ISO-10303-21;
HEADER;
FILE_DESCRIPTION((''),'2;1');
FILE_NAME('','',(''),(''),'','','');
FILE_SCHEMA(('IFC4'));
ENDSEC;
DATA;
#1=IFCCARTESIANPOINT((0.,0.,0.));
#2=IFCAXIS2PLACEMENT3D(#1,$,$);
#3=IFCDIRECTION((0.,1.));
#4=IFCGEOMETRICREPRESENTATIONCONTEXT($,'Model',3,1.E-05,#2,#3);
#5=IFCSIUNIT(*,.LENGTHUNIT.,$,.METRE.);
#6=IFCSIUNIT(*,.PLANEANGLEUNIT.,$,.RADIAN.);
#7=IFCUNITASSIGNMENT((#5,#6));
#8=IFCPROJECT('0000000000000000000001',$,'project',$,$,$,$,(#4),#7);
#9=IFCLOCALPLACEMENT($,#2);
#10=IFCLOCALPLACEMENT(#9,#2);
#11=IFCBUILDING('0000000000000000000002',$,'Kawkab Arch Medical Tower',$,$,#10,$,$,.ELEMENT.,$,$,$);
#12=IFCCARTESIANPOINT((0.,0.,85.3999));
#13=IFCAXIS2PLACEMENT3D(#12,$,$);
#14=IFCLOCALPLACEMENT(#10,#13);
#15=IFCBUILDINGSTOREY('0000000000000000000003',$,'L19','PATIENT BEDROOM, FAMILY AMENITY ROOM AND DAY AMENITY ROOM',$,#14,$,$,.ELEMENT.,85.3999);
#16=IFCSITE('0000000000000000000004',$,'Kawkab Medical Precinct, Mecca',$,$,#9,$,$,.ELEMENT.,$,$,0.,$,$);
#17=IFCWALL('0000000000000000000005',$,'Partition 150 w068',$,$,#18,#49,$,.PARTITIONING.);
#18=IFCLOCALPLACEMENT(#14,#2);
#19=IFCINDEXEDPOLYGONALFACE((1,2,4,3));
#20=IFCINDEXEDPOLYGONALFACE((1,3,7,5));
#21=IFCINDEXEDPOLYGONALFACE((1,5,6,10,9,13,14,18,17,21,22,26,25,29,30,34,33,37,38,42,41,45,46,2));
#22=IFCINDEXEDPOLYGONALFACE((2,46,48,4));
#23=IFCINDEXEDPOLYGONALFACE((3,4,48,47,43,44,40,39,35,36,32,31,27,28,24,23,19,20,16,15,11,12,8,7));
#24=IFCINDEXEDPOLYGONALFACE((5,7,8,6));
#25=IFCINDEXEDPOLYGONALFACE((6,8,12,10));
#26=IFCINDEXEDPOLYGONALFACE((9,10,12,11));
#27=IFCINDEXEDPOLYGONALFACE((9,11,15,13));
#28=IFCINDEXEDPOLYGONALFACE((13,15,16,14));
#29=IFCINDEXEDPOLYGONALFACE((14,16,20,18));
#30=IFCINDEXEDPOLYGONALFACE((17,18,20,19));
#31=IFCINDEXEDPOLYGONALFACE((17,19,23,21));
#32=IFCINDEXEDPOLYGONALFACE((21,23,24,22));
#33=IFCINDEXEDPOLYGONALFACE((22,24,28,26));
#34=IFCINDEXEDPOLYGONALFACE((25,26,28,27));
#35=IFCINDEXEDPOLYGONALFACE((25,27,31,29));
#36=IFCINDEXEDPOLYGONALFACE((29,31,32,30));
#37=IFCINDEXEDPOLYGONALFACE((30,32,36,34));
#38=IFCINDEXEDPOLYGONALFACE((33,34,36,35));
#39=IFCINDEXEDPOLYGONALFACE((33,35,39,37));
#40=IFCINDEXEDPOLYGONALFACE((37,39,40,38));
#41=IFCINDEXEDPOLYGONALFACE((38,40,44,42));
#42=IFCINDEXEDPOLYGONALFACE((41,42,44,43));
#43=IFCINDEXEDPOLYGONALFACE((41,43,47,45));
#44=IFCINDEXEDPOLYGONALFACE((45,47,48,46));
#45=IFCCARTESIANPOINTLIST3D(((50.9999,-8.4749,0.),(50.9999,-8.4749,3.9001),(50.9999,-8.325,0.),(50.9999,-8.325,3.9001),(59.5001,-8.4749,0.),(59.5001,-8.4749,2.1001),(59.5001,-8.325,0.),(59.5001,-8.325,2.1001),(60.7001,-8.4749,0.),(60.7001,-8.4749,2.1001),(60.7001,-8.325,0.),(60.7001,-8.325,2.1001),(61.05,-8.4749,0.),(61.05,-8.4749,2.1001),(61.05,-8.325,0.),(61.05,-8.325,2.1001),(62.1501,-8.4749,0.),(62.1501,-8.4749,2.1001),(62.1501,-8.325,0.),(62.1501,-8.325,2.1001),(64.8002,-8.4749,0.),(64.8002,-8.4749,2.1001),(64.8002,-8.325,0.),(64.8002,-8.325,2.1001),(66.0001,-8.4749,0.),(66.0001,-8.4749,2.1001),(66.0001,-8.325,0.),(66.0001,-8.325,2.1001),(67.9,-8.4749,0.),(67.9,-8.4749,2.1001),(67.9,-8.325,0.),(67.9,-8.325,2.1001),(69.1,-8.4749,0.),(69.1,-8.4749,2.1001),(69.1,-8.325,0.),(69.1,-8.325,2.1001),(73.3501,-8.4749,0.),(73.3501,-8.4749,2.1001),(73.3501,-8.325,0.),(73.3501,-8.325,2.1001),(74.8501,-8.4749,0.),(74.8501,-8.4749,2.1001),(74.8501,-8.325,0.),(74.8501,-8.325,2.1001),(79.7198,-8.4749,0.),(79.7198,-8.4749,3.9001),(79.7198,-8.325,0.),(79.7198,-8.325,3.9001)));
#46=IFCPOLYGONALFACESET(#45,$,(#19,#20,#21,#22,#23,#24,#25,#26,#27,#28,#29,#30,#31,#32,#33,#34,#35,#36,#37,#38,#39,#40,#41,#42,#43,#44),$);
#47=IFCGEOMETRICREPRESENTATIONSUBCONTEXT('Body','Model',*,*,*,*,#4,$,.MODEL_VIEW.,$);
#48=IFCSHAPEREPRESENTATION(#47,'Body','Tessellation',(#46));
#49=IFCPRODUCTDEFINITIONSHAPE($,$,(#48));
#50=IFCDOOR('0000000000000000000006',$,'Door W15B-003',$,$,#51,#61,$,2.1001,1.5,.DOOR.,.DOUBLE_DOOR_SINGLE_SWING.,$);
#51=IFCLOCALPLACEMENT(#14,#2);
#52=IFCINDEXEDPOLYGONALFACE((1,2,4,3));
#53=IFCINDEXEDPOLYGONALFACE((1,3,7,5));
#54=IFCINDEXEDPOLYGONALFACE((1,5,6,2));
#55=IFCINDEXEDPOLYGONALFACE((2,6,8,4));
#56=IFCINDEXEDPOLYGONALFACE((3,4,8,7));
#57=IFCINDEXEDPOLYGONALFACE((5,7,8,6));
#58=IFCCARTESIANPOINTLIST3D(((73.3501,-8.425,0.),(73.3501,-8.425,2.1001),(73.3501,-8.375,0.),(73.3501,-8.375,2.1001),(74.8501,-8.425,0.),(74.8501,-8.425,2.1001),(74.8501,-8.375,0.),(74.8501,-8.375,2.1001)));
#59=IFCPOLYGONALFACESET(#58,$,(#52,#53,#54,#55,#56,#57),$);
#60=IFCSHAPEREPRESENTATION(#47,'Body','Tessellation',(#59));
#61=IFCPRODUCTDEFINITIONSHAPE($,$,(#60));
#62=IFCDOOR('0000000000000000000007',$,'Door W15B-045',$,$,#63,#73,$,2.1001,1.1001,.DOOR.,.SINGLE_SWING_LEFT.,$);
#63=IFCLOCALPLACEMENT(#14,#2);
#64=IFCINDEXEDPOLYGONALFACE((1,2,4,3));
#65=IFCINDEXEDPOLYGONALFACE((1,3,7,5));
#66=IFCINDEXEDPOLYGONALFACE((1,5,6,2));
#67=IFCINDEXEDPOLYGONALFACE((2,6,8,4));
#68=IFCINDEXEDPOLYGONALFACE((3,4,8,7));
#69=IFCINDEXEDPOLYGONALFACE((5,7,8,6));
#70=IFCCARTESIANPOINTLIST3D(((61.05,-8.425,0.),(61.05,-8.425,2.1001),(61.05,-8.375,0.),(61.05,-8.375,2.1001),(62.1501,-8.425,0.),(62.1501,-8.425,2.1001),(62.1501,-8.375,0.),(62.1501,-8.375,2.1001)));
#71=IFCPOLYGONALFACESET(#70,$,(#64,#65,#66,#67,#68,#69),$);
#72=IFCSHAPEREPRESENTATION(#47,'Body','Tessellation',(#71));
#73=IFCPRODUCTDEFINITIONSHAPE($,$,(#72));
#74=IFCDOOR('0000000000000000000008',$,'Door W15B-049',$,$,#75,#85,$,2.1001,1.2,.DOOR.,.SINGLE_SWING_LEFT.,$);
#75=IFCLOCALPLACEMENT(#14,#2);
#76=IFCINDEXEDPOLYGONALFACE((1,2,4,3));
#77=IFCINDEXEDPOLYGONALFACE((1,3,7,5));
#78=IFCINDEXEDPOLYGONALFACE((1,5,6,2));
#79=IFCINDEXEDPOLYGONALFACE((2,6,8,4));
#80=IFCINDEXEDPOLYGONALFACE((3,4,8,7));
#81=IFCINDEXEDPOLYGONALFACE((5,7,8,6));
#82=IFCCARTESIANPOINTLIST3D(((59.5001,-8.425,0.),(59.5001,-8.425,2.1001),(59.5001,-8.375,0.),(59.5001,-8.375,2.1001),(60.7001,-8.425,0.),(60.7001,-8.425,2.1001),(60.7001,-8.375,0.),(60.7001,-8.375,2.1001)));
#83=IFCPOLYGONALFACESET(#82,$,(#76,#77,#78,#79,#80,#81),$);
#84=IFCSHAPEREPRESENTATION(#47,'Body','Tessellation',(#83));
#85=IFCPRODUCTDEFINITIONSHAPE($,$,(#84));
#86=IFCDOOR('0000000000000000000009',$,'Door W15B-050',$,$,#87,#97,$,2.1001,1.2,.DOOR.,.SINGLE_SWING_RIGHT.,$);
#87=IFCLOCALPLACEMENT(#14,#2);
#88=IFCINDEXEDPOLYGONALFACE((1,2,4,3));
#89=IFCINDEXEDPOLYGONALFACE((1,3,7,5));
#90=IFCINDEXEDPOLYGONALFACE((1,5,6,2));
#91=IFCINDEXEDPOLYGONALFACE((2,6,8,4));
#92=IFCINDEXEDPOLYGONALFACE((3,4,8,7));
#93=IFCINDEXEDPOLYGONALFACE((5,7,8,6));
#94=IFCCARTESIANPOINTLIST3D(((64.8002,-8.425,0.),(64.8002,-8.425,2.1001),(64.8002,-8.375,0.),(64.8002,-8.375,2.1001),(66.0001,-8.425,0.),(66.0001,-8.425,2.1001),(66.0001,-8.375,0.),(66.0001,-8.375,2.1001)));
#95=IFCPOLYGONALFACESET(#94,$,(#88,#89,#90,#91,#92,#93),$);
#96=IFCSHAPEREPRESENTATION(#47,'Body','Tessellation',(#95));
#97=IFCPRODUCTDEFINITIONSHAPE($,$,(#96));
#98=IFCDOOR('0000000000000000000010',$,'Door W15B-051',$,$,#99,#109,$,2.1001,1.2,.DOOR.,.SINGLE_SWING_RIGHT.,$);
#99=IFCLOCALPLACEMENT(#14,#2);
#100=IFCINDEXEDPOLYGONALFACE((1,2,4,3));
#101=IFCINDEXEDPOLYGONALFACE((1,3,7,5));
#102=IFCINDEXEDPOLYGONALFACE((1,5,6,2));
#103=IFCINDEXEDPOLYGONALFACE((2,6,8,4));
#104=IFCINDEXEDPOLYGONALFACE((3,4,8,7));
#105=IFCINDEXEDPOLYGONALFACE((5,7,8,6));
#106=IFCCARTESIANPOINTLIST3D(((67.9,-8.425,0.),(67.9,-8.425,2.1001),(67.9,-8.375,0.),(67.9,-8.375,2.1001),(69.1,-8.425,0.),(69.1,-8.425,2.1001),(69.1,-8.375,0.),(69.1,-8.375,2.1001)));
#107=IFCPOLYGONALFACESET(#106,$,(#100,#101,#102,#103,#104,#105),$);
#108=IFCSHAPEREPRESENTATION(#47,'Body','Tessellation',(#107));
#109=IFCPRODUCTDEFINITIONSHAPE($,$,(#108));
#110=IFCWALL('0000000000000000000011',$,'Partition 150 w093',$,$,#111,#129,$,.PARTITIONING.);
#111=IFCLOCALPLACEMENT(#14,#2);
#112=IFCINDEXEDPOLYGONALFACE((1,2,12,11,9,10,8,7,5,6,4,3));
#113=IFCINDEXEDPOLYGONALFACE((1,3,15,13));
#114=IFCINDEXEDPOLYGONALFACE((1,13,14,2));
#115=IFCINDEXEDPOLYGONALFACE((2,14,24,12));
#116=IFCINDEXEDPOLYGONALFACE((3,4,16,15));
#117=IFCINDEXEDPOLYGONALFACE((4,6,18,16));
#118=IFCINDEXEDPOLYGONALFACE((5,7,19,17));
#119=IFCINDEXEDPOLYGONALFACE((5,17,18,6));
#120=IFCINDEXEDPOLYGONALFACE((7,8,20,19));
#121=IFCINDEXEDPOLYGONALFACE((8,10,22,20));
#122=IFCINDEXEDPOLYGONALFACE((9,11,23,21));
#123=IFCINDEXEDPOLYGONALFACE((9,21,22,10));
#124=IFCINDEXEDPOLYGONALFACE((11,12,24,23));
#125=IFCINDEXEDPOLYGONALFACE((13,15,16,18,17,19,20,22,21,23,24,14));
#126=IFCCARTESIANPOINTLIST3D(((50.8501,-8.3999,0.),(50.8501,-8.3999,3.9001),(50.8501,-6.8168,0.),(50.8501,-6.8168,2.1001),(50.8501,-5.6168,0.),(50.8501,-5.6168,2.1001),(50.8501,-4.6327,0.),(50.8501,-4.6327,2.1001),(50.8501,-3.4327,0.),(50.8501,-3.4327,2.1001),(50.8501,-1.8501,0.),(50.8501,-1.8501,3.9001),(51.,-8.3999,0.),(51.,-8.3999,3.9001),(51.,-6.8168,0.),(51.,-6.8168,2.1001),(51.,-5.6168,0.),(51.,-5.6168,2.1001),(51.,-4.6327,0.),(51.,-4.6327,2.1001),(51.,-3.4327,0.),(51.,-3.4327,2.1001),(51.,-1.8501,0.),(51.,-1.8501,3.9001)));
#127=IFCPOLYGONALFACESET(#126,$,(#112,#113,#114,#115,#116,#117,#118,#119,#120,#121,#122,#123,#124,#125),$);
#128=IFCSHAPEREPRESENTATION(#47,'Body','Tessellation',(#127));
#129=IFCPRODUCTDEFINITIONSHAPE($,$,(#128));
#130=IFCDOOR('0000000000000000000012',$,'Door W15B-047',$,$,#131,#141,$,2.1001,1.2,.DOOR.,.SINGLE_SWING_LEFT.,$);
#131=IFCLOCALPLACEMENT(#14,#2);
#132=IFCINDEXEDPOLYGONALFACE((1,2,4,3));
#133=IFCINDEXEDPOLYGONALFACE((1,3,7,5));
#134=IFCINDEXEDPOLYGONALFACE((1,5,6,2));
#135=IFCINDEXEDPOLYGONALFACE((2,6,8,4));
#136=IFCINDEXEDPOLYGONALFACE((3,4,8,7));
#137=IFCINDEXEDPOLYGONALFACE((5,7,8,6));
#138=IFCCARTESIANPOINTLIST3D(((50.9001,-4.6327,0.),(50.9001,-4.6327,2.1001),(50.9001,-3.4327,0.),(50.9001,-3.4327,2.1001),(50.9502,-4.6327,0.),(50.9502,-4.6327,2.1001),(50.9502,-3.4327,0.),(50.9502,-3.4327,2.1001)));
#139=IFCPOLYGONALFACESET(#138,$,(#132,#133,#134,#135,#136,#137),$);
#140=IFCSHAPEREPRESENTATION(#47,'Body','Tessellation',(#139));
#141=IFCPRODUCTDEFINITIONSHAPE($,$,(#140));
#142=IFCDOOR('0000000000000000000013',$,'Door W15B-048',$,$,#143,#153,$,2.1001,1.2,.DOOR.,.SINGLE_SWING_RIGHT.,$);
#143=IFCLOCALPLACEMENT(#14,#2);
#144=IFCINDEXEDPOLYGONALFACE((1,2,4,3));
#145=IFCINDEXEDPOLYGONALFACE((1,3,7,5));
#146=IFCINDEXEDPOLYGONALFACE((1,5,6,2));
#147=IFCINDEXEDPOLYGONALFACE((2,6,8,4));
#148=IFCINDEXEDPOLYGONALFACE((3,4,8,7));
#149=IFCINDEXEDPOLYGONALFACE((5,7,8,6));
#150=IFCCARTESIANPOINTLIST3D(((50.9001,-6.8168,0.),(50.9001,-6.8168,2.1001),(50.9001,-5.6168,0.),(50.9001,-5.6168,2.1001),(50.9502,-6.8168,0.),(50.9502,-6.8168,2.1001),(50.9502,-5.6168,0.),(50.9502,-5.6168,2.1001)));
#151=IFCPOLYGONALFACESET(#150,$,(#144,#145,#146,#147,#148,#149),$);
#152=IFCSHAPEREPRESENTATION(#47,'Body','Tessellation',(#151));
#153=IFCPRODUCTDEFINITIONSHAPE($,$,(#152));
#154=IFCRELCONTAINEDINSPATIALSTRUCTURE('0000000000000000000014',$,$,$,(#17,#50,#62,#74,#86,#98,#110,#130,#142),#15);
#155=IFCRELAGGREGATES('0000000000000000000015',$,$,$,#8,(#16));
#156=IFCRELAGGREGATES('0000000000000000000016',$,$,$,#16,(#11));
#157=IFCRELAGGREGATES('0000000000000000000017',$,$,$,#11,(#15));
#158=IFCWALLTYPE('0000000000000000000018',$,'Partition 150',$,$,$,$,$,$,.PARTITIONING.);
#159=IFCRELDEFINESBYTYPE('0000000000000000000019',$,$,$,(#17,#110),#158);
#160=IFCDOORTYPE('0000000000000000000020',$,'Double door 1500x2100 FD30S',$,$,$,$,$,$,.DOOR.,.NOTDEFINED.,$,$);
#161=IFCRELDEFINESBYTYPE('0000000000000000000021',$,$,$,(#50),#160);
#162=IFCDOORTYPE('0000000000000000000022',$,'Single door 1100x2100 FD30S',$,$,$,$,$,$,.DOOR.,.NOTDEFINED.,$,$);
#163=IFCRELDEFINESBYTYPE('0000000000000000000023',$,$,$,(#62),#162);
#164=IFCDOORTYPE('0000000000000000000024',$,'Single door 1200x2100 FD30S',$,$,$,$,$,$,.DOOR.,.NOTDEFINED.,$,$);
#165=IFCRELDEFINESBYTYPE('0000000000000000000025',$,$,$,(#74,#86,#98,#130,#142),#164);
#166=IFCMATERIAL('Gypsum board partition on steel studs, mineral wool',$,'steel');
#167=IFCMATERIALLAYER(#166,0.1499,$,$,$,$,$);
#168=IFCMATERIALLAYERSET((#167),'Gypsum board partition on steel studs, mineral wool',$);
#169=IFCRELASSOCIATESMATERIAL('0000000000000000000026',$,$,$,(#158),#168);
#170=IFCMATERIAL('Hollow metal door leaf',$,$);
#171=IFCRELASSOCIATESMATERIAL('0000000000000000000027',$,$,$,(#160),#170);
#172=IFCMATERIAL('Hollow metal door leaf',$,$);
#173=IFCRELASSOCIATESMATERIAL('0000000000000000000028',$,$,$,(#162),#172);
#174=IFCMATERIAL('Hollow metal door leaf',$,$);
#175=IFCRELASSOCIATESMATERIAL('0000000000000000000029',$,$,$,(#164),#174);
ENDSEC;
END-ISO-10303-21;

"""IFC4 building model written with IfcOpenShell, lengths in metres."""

from ifc_helpers import new_model, si_unit, direction, frame, frame_2d, origin, place, context, subcontext, project, spatial, rectangle, extrude, material, layer, layer_set, type_object, element, fill, save


model = new_model("IFC4")

# Units and contexts
model_context = context("Model", 3, precision=1e-05, world=origin(), true_north=direction((0.0, 1.0)))
body_context = subcontext(model_context, "Body", "Model", "MODEL_VIEW")
ifc_project = project(units=[si_unit("LENGTHUNIT", "METRE"), si_unit("PLANEANGLEUNIT", "RADIAN")], contexts=[model_context])

# Site, building, storey
site_placement = place(None, origin())
site = spatial("IfcSite", under=ifc_project, at=site_placement, Name="Kawkab Medical Precinct, Mecca", CompositionType="ELEMENT", RefElevation=0.0)
building_placement = place(site_placement, origin())
building = spatial("IfcBuilding", under=site, at=building_placement, Name="Kawkab Arch Medical Tower", CompositionType="ELEMENT")
storey_placement = place(building_placement, frame((0.0, 0.0, 85.3999)))
storey = spatial("IfcBuildingStorey", under=building, at=storey_placement, Name="L19", Description="PATIENT BEDROOM, FAMILY AMENITY ROOM AND DAY AMENITY ROOM", CompositionType="ELEMENT", Elevation=85.3999)

# Walls, openings, doors
ifc_material_1 = material(Name="Gypsum board partition on steel studs, mineral wool", Category="steel")
ifc_layer_1 = layer(ifc_material_1, 0.1499)
ifc_layer_set_1 = layer_set([ifc_layer_1], Name="Gypsum board partition on steel studs, mineral wool")
wall_type_1 = type_object("IfcWallType", Name="Partition 150", PredefinedType="PARTITIONING", material=ifc_layer_set_1)
wall_1_placement = place(storey_placement, frame((51.0, -8.3999, 0.0), z_axis=(0.0, 0.0, 1.0), x_axis=(1.0, 0.0, 0.0)))
wall_1 = element("IfcWall", 1, at=wall_1_placement, inside=storey, type_object=wall_type_1, Name="Partition 150 w068", PredefinedType="PARTITIONING", context=body_context, shape_type="SweptSolid", body=[
    extrude(rectangle(XDim=28.72, YDim=0.1499, at=frame_2d((14.3599, 0.0))), origin(), (0.0, 0.0, 1.0), 3.9001),
])
opening_1_placement = place(wall_1_placement, frame((8.5, 0.0, 0.0)))
opening_1 = element("IfcOpeningElement", 2, at=opening_1_placement, cuts=wall_1, PredefinedType="OPENING", context=body_context, shape_type="SweptSolid", body=[
    extrude(rectangle(XDim=1.2, YDim=2.1001, at=frame_2d((0.6001, 1.05))), frame((0.0, 0.085, 0.0), z_axis=(0.0, -1.0, 0.0), x_axis=(1.0, 0.0, 0.0)), (0.0, 0.0, 1.0), 0.1699),
])
opening_2_placement = place(wall_1_placement, frame((10.05, 0.0, 0.0)))
opening_2 = element("IfcOpeningElement", 3, at=opening_2_placement, cuts=wall_1, PredefinedType="OPENING", context=body_context, shape_type="SweptSolid", body=[
    extrude(rectangle(XDim=1.1001, YDim=2.1001, at=frame_2d((0.55, 1.05))), frame((0.0, 0.085, 0.0), z_axis=(0.0, -1.0, 0.0), x_axis=(1.0, 0.0, 0.0)), (0.0, 0.0, 1.0), 0.1699),
])
opening_3_placement = place(wall_1_placement, frame((13.8, 0.0, 0.0)))
opening_3 = element("IfcOpeningElement", 4, at=opening_3_placement, cuts=wall_1, PredefinedType="OPENING", context=body_context, shape_type="SweptSolid", body=[
    extrude(rectangle(XDim=1.2, YDim=2.1001, at=frame_2d((0.6001, 1.05))), frame((0.0, 0.085, 0.0), z_axis=(0.0, -1.0, 0.0), x_axis=(1.0, 0.0, 0.0)), (0.0, 0.0, 1.0), 0.1699),
])
opening_4_placement = place(wall_1_placement, frame((16.8999, 0.0, 0.0)))
opening_4 = element("IfcOpeningElement", 5, at=opening_4_placement, cuts=wall_1, PredefinedType="OPENING", context=body_context, shape_type="SweptSolid", body=[
    extrude(rectangle(XDim=1.2, YDim=2.1001, at=frame_2d((0.6001, 1.05))), frame((0.0, 0.085, 0.0), z_axis=(0.0, -1.0, 0.0), x_axis=(1.0, 0.0, 0.0)), (0.0, 0.0, 1.0), 0.1699),
])
opening_5_placement = place(wall_1_placement, frame((22.3501, 0.0, 0.0)))
opening_5 = element("IfcOpeningElement", 6, at=opening_5_placement, cuts=wall_1, PredefinedType="OPENING", context=body_context, shape_type="SweptSolid", body=[
    extrude(rectangle(XDim=1.5, YDim=2.1001, at=frame_2d((0.75, 1.05))), frame((0.0, 0.085, 0.0), z_axis=(0.0, -1.0, 0.0), x_axis=(1.0, 0.0, 0.0)), (0.0, 0.0, 1.0), 0.1699),
])
ifc_material_2 = material(Name="Hollow metal door leaf")
door_type_1 = type_object("IfcDoorType", Name="Double door 1500x2100 FD30S", OperationType="NOTDEFINED", PredefinedType="DOOR", material=ifc_material_2)
door_1_placement = place(opening_5_placement, origin())
door_1 = element("IfcDoor", 7, at=door_1_placement, inside=storey, type_object=door_type_1, Name="Door W15B-003", OperationType="DOUBLE_DOOR_SINGLE_SWING", OverallHeight=2.1001, OverallWidth=1.5, PredefinedType="DOOR", context=body_context, shape_type="SweptSolid", body=[
    extrude(rectangle(XDim=1.5, YDim=2.1001, at=frame_2d((0.75, 1.05))), frame((0.0, 0.0249, 0.0), z_axis=(0.0, -1.0, 0.0), x_axis=(1.0, 0.0, 0.0)), (0.0, 0.0, 1.0), 0.05),
])
fill(opening_5, door_1)
ifc_material_3 = material(Name="Hollow metal door leaf")
door_type_2 = type_object("IfcDoorType", Name="Single door 1100x2100 FD30S", OperationType="NOTDEFINED", PredefinedType="DOOR", material=ifc_material_3)
door_2_placement = place(opening_2_placement, origin())
door_2 = element("IfcDoor", 8, at=door_2_placement, inside=storey, type_object=door_type_2, Name="Door W15B-045", OperationType="SINGLE_SWING_LEFT", OverallHeight=2.1001, OverallWidth=1.1001, PredefinedType="DOOR", context=body_context, shape_type="SweptSolid", body=[
    extrude(rectangle(XDim=1.1001, YDim=2.1001, at=frame_2d((0.55, 1.05))), frame((0.0, 0.0249, 0.0), z_axis=(0.0, -1.0, 0.0), x_axis=(1.0, 0.0, 0.0)), (0.0, 0.0, 1.0), 0.05),
])
fill(opening_2, door_2)
ifc_material_4 = material(Name="Hollow metal door leaf")
door_type_3 = type_object("IfcDoorType", Name="Single door 1200x2100 FD30S", OperationType="NOTDEFINED", PredefinedType="DOOR", material=ifc_material_4)
door_3_placement = place(opening_1_placement, origin())
door_3 = element("IfcDoor", 9, at=door_3_placement, inside=storey, type_object=door_type_3, Name="Door W15B-049", OperationType="SINGLE_SWING_LEFT", OverallHeight=2.1001, OverallWidth=1.2, PredefinedType="DOOR", context=body_context, shape_type="SweptSolid", body=[
    extrude(rectangle(XDim=1.2, YDim=2.1001, at=frame_2d((0.6001, 1.05))), frame((0.0, 0.0249, 0.0), z_axis=(0.0, -1.0, 0.0), x_axis=(1.0, 0.0, 0.0)), (0.0, 0.0, 1.0), 0.05),
])
fill(opening_1, door_3)
door_4_placement = place(opening_3_placement, origin())
door_4 = element("IfcDoor", 10, at=door_4_placement, inside=storey, type_object=door_type_3, Name="Door W15B-050", OperationType="SINGLE_SWING_RIGHT", OverallHeight=2.1001, OverallWidth=1.2, PredefinedType="DOOR", context=body_context, shape_type="SweptSolid", body=[
    extrude(rectangle(XDim=1.2, YDim=2.1001, at=frame_2d((0.6001, 1.05))), frame((0.0, 0.0249, 0.0), z_axis=(0.0, -1.0, 0.0), x_axis=(1.0, 0.0, 0.0)), (0.0, 0.0, 1.0), 0.05),
])
fill(opening_3, door_4)
door_5_placement = place(opening_4_placement, origin())
door_5 = element("IfcDoor", 11, at=door_5_placement, inside=storey, type_object=door_type_3, Name="Door W15B-051", OperationType="SINGLE_SWING_RIGHT", OverallHeight=2.1001, OverallWidth=1.2, PredefinedType="DOOR", context=body_context, shape_type="SweptSolid", body=[
    extrude(rectangle(XDim=1.2, YDim=2.1001, at=frame_2d((0.6001, 1.05))), frame((0.0, 0.0249, 0.0), z_axis=(0.0, -1.0, 0.0), x_axis=(1.0, 0.0, 0.0)), (0.0, 0.0, 1.0), 0.05),
])
fill(opening_4, door_5)
wall_2_placement = place(storey_placement, frame((50.925, -8.3999, 0.0), z_axis=(0.0, 0.0, 1.0), x_axis=(0.0, 1.0, 0.0)))
wall_2 = element("IfcWall", 12, at=wall_2_placement, inside=storey, type_object=wall_type_1, Name="Partition 150 w093", PredefinedType="PARTITIONING", context=body_context, shape_type="SweptSolid", body=[
    extrude(rectangle(XDim=6.5498, YDim=0.1499, at=frame_2d((3.2749, 0.0))), origin(), (0.0, 0.0, 1.0), 3.9001),
])
opening_6_placement = place(wall_2_placement, frame((3.7671, 0.0, 0.0)))
opening_6 = element("IfcOpeningElement", 13, at=opening_6_placement, cuts=wall_2, PredefinedType="OPENING", context=body_context, shape_type="SweptSolid", body=[
    extrude(rectangle(XDim=1.2, YDim=2.1001, at=frame_2d((0.6001, 1.05))), frame((0.0, 0.085, 0.0), z_axis=(0.0, -1.0, 0.0), x_axis=(1.0, 0.0, 0.0)), (0.0, 0.0, 1.0), 0.1699),
])
opening_7_placement = place(wall_2_placement, frame((1.583, 0.0, 0.0)))
opening_7 = element("IfcOpeningElement", 14, at=opening_7_placement, cuts=wall_2, PredefinedType="OPENING", context=body_context, shape_type="SweptSolid", body=[
    extrude(rectangle(XDim=1.2, YDim=2.1001, at=frame_2d((0.6001, 1.05))), frame((0.0, 0.085, 0.0), z_axis=(0.0, -1.0, 0.0), x_axis=(1.0, 0.0, 0.0)), (0.0, 0.0, 1.0), 0.1699),
])
door_6_placement = place(opening_6_placement, origin())
door_6 = element("IfcDoor", 15, at=door_6_placement, inside=storey, type_object=door_type_3, Name="Door W15B-047", OperationType="SINGLE_SWING_LEFT", OverallHeight=2.1001, OverallWidth=1.2, PredefinedType="DOOR", context=body_context, shape_type="SweptSolid", body=[
    extrude(rectangle(XDim=1.2, YDim=2.1001, at=frame_2d((0.6001, 1.05))), frame((0.0, 0.0249, 0.0), z_axis=(0.0, -1.0, 0.0), x_axis=(1.0, 0.0, 0.0)), (0.0, 0.0, 1.0), 0.05),
])
fill(opening_6, door_6)
door_7_placement = place(opening_7_placement, origin())
door_7 = element("IfcDoor", 16, at=door_7_placement, inside=storey, type_object=door_type_3, Name="Door W15B-048", OperationType="SINGLE_SWING_RIGHT", OverallHeight=2.1001, OverallWidth=1.2, PredefinedType="DOOR", context=body_context, shape_type="SweptSolid", body=[
    extrude(rectangle(XDim=1.2, YDim=2.1001, at=frame_2d((0.6001, 1.05))), frame((0.0, 0.0249, 0.0), z_axis=(0.0, -1.0, 0.0), x_axis=(1.0, 0.0, 0.0)), (0.0, 0.0, 1.0), 0.05),
])
fill(opening_7, door_7)

save(model, "model.ifc")
